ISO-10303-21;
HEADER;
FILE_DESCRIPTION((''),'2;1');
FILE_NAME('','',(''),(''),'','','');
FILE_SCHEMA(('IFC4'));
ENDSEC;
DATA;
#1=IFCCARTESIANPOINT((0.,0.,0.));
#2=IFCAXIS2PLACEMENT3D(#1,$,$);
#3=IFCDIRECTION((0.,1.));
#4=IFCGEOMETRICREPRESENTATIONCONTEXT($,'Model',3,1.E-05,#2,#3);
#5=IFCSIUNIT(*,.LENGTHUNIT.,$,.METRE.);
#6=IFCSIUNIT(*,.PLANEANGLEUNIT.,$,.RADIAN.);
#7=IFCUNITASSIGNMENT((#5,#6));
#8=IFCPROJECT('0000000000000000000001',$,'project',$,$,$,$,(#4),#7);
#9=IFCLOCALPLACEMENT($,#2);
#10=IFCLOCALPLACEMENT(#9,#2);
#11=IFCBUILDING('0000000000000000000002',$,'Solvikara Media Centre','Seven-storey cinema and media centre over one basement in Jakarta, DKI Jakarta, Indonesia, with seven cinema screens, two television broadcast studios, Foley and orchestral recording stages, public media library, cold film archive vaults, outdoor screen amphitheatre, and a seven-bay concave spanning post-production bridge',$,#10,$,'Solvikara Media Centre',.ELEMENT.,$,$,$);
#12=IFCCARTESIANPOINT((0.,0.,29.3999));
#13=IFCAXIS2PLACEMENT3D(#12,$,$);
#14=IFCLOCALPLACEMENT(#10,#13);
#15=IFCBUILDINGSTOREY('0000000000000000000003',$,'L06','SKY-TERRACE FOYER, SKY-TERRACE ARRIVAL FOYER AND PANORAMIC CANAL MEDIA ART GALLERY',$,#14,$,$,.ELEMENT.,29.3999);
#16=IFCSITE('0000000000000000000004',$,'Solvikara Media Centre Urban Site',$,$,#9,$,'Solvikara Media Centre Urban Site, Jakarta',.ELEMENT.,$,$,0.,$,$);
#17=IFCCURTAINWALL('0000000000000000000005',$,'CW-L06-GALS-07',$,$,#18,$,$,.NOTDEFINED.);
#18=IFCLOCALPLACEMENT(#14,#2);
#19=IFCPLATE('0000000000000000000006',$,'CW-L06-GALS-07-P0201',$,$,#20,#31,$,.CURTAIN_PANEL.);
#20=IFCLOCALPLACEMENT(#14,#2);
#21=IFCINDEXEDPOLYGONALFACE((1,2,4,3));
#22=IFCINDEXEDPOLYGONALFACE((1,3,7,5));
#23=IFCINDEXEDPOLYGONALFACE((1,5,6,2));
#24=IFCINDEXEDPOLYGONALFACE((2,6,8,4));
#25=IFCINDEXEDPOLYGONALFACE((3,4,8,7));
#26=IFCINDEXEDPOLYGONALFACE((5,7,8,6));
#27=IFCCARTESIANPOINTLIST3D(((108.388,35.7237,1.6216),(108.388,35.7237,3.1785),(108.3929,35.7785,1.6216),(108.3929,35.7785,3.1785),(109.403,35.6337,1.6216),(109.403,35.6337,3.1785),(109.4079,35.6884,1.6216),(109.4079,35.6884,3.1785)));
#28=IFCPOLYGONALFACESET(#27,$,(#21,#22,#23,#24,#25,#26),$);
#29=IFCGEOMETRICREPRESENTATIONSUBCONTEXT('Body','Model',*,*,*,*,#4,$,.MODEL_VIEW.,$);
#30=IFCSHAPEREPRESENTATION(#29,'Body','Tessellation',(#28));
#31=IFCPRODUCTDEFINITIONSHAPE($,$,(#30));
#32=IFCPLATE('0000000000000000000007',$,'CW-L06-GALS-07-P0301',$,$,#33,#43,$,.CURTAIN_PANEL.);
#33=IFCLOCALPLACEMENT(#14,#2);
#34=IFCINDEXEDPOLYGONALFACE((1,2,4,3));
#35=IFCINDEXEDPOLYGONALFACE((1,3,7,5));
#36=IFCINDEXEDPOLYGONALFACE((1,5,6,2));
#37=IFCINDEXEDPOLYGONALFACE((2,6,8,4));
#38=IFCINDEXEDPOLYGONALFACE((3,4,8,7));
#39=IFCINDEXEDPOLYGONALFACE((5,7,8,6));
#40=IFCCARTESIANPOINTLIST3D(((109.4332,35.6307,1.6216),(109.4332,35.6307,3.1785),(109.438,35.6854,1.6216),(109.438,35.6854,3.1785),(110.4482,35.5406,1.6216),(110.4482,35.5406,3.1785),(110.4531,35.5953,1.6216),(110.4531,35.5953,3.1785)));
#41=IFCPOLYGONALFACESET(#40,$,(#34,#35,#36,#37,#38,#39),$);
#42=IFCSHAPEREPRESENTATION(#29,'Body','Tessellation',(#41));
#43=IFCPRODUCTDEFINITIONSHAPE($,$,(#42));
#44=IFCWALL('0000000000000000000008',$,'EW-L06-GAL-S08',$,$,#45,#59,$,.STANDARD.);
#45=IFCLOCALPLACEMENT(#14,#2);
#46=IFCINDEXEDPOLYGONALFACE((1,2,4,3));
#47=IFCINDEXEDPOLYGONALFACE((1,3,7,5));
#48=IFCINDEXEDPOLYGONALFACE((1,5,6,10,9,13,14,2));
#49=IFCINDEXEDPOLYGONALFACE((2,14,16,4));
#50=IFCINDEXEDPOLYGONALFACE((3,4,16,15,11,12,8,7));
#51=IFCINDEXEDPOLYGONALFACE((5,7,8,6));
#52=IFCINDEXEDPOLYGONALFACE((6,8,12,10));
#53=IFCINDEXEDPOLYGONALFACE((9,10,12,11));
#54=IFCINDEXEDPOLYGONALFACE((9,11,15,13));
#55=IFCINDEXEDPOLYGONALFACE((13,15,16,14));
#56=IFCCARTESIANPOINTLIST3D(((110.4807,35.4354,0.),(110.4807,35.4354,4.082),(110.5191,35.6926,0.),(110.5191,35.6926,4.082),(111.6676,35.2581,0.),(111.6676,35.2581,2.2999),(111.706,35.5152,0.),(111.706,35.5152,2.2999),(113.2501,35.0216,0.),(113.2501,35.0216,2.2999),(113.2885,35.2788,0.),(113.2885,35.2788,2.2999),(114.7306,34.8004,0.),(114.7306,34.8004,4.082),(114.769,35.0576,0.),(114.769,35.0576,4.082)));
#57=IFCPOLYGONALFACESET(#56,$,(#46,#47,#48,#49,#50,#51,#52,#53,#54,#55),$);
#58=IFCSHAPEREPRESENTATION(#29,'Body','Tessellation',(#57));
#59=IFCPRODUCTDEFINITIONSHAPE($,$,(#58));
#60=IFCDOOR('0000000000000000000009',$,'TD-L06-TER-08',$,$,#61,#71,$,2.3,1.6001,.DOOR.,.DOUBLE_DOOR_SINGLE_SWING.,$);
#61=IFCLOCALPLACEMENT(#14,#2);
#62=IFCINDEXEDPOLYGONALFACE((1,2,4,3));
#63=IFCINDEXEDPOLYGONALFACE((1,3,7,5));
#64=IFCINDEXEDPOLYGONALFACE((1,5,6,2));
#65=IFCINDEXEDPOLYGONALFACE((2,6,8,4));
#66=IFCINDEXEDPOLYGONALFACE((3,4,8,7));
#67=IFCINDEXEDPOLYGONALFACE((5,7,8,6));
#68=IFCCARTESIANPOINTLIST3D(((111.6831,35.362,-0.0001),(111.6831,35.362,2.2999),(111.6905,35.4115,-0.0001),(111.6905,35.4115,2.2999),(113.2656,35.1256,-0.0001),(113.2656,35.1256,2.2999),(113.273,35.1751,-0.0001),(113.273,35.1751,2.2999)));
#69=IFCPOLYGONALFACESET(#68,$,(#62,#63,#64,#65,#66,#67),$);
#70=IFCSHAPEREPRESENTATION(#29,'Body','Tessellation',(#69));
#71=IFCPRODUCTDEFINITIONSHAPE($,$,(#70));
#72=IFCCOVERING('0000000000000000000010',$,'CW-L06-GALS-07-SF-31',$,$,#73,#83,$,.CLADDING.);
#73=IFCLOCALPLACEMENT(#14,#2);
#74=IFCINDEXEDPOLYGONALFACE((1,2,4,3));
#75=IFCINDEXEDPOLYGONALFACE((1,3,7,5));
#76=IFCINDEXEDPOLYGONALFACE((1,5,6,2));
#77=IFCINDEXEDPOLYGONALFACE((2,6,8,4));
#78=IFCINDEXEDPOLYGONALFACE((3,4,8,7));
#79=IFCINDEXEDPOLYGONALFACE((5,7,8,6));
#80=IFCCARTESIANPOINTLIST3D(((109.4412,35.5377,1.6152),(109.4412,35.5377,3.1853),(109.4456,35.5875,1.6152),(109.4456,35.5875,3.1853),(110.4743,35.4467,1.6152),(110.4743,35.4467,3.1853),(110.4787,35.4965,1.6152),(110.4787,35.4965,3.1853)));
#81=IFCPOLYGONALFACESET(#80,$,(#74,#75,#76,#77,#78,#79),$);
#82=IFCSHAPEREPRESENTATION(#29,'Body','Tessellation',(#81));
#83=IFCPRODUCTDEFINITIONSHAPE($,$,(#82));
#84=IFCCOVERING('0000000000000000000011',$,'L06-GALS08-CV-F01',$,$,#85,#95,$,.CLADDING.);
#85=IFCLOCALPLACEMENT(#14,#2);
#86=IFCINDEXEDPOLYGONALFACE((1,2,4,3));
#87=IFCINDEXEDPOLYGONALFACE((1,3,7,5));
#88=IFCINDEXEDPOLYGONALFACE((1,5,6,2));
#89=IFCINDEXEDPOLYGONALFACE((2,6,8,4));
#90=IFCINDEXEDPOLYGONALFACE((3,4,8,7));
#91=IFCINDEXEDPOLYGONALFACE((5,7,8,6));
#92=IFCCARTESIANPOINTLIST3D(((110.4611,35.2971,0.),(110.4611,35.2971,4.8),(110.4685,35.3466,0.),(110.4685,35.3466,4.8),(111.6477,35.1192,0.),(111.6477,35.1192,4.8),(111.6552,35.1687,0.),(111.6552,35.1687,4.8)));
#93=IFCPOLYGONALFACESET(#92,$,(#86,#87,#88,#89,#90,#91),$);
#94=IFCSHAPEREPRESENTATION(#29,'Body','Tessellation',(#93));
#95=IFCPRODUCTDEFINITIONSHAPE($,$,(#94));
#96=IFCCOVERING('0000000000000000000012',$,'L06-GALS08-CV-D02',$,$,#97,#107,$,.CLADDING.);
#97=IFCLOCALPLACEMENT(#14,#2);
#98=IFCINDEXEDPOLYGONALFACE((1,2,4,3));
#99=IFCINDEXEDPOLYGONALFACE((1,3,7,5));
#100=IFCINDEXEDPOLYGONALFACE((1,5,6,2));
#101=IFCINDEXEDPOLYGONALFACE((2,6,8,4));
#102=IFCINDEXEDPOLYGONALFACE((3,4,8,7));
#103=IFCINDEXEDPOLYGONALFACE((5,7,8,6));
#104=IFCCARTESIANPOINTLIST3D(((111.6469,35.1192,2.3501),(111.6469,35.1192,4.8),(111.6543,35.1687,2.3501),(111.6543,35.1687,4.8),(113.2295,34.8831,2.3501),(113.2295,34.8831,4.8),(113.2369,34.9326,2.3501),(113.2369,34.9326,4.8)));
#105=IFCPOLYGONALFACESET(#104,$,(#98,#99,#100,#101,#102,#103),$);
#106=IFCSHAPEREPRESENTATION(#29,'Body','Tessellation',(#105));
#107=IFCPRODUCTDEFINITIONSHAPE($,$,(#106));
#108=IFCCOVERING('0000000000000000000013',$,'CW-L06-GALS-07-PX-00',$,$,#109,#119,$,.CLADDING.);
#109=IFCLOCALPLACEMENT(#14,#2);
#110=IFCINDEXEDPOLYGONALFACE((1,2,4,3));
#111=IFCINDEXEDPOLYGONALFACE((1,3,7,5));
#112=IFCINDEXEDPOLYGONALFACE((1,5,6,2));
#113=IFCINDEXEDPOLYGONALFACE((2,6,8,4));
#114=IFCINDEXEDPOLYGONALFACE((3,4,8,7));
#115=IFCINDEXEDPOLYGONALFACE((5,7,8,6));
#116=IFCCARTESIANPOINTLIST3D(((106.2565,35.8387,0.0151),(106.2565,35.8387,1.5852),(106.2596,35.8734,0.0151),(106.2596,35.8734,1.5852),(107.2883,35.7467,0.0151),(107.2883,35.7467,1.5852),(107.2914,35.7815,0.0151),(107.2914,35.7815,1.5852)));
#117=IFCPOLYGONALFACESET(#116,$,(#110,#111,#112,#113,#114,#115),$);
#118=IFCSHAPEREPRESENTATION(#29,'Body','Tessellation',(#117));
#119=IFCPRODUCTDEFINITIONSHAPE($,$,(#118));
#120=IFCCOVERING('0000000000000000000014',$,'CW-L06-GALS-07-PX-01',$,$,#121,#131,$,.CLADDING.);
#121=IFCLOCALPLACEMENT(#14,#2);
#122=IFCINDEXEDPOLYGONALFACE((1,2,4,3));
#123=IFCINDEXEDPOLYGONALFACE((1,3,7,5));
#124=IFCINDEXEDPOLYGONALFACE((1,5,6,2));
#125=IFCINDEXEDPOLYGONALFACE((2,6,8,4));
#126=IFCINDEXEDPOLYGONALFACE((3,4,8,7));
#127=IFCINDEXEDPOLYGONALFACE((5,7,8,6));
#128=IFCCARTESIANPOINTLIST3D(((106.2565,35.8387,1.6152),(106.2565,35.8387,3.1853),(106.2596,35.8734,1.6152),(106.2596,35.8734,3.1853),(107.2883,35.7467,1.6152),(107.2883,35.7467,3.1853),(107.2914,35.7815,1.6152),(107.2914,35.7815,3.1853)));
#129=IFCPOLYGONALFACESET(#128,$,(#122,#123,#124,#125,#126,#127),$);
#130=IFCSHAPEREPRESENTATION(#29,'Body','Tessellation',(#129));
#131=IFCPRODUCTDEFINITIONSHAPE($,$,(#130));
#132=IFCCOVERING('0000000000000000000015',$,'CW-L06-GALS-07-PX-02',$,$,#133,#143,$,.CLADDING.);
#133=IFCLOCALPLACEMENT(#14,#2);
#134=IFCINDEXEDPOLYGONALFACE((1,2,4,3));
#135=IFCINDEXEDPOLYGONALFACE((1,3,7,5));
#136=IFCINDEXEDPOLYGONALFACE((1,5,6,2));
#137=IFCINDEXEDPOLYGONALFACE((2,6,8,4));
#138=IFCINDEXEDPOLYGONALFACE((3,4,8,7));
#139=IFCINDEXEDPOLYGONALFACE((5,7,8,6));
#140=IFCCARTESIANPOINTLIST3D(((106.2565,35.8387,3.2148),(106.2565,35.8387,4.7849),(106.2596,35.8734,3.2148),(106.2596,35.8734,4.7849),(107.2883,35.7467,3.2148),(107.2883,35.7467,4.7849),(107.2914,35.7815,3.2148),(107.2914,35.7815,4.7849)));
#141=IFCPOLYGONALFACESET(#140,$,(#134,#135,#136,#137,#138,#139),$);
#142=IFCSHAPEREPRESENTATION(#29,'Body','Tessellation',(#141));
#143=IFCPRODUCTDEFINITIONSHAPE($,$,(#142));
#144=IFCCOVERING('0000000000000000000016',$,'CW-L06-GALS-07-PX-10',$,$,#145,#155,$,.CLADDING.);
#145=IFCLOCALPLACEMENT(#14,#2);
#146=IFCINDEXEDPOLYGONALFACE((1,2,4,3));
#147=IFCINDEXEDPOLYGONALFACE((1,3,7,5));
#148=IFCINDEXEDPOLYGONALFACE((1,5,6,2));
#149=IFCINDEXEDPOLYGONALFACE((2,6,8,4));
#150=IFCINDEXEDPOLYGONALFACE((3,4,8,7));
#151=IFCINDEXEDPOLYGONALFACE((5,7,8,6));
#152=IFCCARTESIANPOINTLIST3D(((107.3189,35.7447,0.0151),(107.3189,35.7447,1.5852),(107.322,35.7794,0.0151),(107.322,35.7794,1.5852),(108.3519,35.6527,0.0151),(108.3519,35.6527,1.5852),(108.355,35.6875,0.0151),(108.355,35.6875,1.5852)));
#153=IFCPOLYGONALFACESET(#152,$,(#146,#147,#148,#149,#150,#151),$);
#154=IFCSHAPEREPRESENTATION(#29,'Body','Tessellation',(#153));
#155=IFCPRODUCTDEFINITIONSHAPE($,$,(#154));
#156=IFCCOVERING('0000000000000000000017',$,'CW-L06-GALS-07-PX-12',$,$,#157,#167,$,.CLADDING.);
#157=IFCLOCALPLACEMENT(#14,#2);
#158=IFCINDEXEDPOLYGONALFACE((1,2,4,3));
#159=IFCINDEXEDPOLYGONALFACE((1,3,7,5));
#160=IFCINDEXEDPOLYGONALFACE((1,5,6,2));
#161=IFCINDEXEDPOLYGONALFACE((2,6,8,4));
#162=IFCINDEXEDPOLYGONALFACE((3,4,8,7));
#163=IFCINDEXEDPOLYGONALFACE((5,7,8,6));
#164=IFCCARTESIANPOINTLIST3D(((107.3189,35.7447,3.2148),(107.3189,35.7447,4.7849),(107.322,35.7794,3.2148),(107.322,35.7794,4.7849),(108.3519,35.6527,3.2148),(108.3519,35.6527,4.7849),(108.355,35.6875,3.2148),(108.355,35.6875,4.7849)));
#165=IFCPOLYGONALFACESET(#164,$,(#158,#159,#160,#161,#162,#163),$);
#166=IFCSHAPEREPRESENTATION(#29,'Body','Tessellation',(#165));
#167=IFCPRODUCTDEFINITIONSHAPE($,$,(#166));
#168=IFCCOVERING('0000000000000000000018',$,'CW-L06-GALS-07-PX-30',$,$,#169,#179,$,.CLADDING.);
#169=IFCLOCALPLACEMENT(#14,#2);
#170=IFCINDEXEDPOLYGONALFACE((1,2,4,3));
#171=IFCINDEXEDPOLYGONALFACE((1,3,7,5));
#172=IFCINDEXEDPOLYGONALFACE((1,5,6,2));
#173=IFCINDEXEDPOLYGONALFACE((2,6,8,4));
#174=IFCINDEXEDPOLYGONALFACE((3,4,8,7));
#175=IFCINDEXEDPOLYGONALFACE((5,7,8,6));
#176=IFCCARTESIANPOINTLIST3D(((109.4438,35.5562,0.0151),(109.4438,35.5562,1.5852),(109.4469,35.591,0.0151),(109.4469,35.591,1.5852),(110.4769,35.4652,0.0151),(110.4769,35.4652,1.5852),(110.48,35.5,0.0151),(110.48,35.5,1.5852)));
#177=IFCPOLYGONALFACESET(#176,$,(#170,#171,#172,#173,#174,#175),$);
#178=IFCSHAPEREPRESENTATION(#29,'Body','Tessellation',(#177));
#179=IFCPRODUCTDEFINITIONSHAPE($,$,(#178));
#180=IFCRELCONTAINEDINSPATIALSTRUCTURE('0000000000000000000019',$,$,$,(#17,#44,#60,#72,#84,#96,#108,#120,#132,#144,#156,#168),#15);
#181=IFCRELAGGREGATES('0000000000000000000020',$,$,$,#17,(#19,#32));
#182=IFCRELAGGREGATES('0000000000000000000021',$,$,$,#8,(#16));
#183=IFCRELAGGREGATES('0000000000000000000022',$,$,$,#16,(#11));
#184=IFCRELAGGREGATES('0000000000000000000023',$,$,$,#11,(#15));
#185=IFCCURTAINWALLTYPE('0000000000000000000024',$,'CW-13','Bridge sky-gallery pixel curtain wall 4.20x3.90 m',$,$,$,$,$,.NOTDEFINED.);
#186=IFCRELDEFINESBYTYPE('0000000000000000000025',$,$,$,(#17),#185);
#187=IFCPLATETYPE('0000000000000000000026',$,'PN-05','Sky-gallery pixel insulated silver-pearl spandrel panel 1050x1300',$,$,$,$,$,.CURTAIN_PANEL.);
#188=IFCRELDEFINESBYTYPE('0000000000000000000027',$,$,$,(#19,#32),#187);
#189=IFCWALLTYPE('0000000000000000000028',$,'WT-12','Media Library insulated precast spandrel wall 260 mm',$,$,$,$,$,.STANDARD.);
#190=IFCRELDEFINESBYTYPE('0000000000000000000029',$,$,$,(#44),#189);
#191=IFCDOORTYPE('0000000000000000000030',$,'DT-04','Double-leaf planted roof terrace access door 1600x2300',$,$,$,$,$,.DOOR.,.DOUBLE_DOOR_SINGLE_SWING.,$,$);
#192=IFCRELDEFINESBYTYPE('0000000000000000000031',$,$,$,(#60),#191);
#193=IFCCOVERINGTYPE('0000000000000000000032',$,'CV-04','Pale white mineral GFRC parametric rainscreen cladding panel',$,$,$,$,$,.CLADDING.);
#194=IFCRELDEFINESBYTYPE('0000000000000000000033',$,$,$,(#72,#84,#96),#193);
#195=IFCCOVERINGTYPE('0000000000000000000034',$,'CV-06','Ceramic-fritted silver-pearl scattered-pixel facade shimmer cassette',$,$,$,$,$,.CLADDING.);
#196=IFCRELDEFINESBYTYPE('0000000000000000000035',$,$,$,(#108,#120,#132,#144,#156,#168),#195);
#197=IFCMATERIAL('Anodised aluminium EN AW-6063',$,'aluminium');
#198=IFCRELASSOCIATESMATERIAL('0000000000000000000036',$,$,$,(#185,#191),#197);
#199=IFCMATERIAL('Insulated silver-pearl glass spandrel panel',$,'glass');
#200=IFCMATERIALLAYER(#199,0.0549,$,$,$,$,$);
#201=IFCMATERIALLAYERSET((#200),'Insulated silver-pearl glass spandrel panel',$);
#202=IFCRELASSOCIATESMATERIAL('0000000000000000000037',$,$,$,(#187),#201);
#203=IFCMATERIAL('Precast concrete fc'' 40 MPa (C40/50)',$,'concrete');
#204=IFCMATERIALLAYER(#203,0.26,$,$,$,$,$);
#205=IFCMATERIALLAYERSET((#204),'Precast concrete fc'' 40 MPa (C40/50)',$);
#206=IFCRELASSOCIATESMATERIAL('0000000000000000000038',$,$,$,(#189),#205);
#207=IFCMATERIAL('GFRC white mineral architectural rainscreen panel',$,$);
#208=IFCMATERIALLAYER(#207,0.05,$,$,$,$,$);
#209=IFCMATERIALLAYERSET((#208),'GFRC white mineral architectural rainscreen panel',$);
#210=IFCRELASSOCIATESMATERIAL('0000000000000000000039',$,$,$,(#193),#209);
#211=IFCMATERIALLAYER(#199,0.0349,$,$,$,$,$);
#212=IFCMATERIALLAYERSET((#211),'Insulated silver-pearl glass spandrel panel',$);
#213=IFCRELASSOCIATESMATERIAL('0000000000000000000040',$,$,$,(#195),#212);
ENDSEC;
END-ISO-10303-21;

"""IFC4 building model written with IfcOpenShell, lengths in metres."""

from ifc_helpers import new_model, si_unit, direction, frame, frame_2d, origin, origin_2d, place, context, subcontext, project, spatial, rectangle, extrude, material, layer, layer_set, type_object, element, fill, aggregate, save


model = new_model("IFC4")

# Units and contexts
model_context = context("Model", 3, precision=1e-05, world=origin(), true_north=direction((0.0, 1.0)))
body_context = subcontext(model_context, "Body", "Model", "MODEL_VIEW")
ifc_project = project(units=[si_unit("LENGTHUNIT", "METRE"), si_unit("PLANEANGLEUNIT", "RADIAN")], contexts=[model_context])

# Site, building, storey
site_placement = place(None, origin())
site = spatial("IfcSite", under=ifc_project, at=site_placement, Name="Solvikara Media Centre Urban Site", LongName="Solvikara Media Centre Urban Site, Jakarta", CompositionType="ELEMENT", RefElevation=0.0)
building_placement = place(site_placement, origin())
building = spatial("IfcBuilding", under=site, at=building_placement, Name="Solvikara Media Centre", Description="Seven-storey cinema and media centre over one basement in Jakarta, DKI Jakarta, Indonesia, with seven cinema screens, two television broadcast studios, Foley and orchestral recording stages, public media library, cold film archive vaults, outdoor screen amphitheatre, and a seven-bay concave spanning post-production bridge", LongName="Solvikara Media Centre", CompositionType="ELEMENT")
storey_placement = place(building_placement, frame((0.0, 0.0, 29.3999)))
storey = spatial("IfcBuildingStorey", under=building, at=storey_placement, Name="L06", Description="SKY-TERRACE FOYER, SKY-TERRACE ARRIVAL FOYER AND PANORAMIC CANAL MEDIA ART GALLERY", CompositionType="ELEMENT", Elevation=29.3999)

# Curtain wall
ifc_material_1 = material(Name="Anodised aluminium EN AW-6063", Category="aluminium")
curtain_wall_type = type_object("IfcCurtainWallType", Name="CW-13", Description="Bridge sky-gallery pixel curtain wall 4.20x3.90 m", PredefinedType="NOTDEFINED", material=ifc_material_1)
curtain_wall_1_placement = place(storey_placement, origin())
curtain_wall_1 = element("IfcCurtainWall", 1, at=curtain_wall_1_placement, inside=storey, type_object=curtain_wall_type, Name="CW-L06-GALS-07", PredefinedType="NOTDEFINED")

# Plates
ifc_material_2 = material(Name="Insulated silver-pearl glass spandrel panel", Category="glass")
ifc_layer_1 = layer(ifc_material_2, 0.0549)
ifc_layer_set_1 = layer_set([ifc_layer_1], Name="Insulated silver-pearl glass spandrel panel")
plate_type_1 = type_object("IfcPlateType", Name="PN-05", Description="Sky-gallery pixel insulated silver-pearl spandrel panel 1050x1300", PredefinedType="CURTAIN_PANEL", material=ifc_layer_set_1)
plate_1_placement = place(storey_placement, frame((108.8979, 35.7061, 1.6216), z_axis=(0.0, 0.0, 1.0), x_axis=(0.996084, -0.088408, 0.0)))
plate_1 = element("IfcPlate", 2, at=plate_1_placement, type_object=plate_type_1, Name="CW-L06-GALS-07-P0201", PredefinedType="CURTAIN_PANEL", context=body_context, shape_type="SweptSolid", body=[
    extrude(rectangle(XDim=1.019, YDim=0.0549, at=origin_2d()), origin(), (0.0, 0.0, 1.0), 1.5569),
])
plate_2_placement = place(storey_placement, frame((109.9431, 35.613, 1.6216), z_axis=(0.0, 0.0, 1.0), x_axis=(0.996084, -0.088408, 0.0)))
plate_2 = element("IfcPlate", 3, at=plate_2_placement, type_object=plate_type_1, Name="CW-L06-GALS-07-P0301", PredefinedType="CURTAIN_PANEL", context=body_context, shape_type="SweptSolid", body=[
    extrude(rectangle(XDim=1.019, YDim=0.0549, at=origin_2d()), origin(), (0.0, 0.0, 1.0), 1.5569),
])
aggregate(curtain_wall_1, [plate_1, plate_2])

# Wall, opening, door
ifc_material_3 = material(Name="Precast concrete fc' 40 MPa (C40/50)", Category="concrete")
ifc_layer_2 = layer(ifc_material_3, 0.26)
ifc_layer_set_2 = layer_set([ifc_layer_2], Name="Precast concrete fc' 40 MPa (C40/50)")
wall_type = type_object("IfcWallType", Name="WT-12", Description="Media Library insulated precast spandrel wall 260 mm", PredefinedType="STANDARD", material=ifc_layer_set_2)
wall_placement = place(storey_placement, frame((110.5, 35.564, 0.0), z_axis=(0.0, 0.0, 1.0), x_axis=(0.989021, -0.147774, 0.0)))
wall = element("IfcWall", 4, at=wall_placement, inside=storey, type_object=wall_type, Name="EW-L06-GAL-S08", PredefinedType="STANDARD", context=body_context, shape_type="SweptSolid", body=[
    extrude(rectangle(XDim=4.2971, YDim=0.26, at=frame_2d((2.1484, 0.0))), origin(), (0.0, 0.0, 1.0), 4.082),
])
opening_placement = place(wall_placement, frame((1.2, 0.0, 0.0)))
opening = element("IfcOpeningElement", 5, at=opening_placement, cuts=wall, PredefinedType="OPENING", context=body_context, shape_type="SweptSolid", body=[
    extrude(rectangle(XDim=1.6001, YDim=2.3, at=frame_2d((0.8, 1.1499))), frame((0.0, 0.1421, 0.0), z_axis=(0.0, -1.0, 0.0), x_axis=(1.0, 0.0, 0.0)), (0.0, 0.0, 1.0), 0.2839),
])
door_type = type_object("IfcDoorType", Name="DT-04", Description="Double-leaf planted roof terrace access door 1600x2300", OperationType="DOUBLE_DOOR_SINGLE_SWING", PredefinedType="DOOR", material=ifc_material_1)
door_placement = place(opening_placement, frame((1.6001, 0.0, 0.0), z_axis=(0.0, 0.0, 1.0), x_axis=(-1.0, 0.0, 0.0)))
door = element("IfcDoor", 6, at=door_placement, inside=storey, type_object=door_type, Name="TD-L06-TER-08", OperationType="DOUBLE_DOOR_SINGLE_SWING", OverallHeight=2.3, OverallWidth=1.6001, PredefinedType="DOOR", context=body_context, shape_type="SweptSolid", body=[
    extrude(rectangle(XDim=1.6001, YDim=2.3, at=frame_2d((0.8, 1.1499))), frame((0.0, 0.0249, 0.0), z_axis=(0.0, -1.0, 0.0), x_axis=(1.0, 0.0, 0.0)), (0.0, 0.0, 1.0), 0.05),
])
fill(opening, door)

# Coverings
ifc_material_4 = material(Name="GFRC white mineral architectural rainscreen panel")
ifc_layer_3 = layer(ifc_material_4, 0.05)
ifc_layer_set_3 = layer_set([ifc_layer_3], Name="GFRC white mineral architectural rainscreen panel")
covering_type_1 = type_object("IfcCoveringType", Name="CV-04", Description="Pale white mineral GFRC parametric rainscreen cladding panel", PredefinedType="CLADDING", material=ifc_layer_set_3)
covering_1_placement = place(storey_placement, frame((109.96, 35.5171, 1.6152), z_axis=(0.0, 0.0, 1.0), x_axis=(0.996143, -0.087747, 0.0)))
element("IfcCovering", 7, at=covering_1_placement, inside=storey, type_object=covering_type_1, Name="CW-L06-GALS-07-SF-31", PredefinedType="CLADDING", context=body_context, shape_type="SweptSolid", body=[
    extrude(rectangle(XDim=1.0371, YDim=0.05, at=origin_2d()), origin(), (0.0, 0.0, 1.0), 1.5701),
])
covering_2_placement = place(storey_placement, frame((111.0581, 35.2329, 0.0), z_axis=(0.0, 0.0, 1.0), x_axis=(0.988944, -0.148293, 0.0)))
element("IfcCovering", 8, at=covering_2_placement, inside=storey, type_object=covering_type_1, Name="L06-GALS08-CV-F01", PredefinedType="CLADDING", context=body_context, shape_type="SweptSolid", body=[
    extrude(rectangle(XDim=1.2, YDim=0.05, at=origin_2d()), origin(), (0.0, 0.0, 1.0), 4.8),
])
covering_3_placement = place(storey_placement, frame((112.4419, 35.0259, 2.3501), z_axis=(0.0, 0.0, 1.0), x_axis=(0.989055, -0.14755, 0.0)))
element("IfcCovering", 9, at=covering_3_placement, inside=storey, type_object=covering_type_1, Name="L06-GALS08-CV-D02", PredefinedType="CLADDING", context=body_context, shape_type="SweptSolid", body=[
    extrude(rectangle(XDim=1.6001, YDim=0.05, at=origin_2d()), origin(), (0.0, 0.0, 1.0), 2.45),
])
ifc_layer_4 = layer(ifc_material_2, 0.0349)
ifc_layer_set_4 = layer_set([ifc_layer_4], Name="Insulated silver-pearl glass spandrel panel")
covering_type_2 = type_object("IfcCoveringType", Name="CV-06", Description="Ceramic-fritted silver-pearl scattered-pixel facade shimmer cassette", PredefinedType="CLADDING", material=ifc_layer_set_4)
for number, where, z_axis, x_axis, name in (
    (10, (106.7739, 35.8101, 0.0151), (0.0, 0.0, 1.0), (0.99605, -0.08879, 0.0), "CW-L06-GALS-07-PX-00"),
    (11, (106.7739, 35.8101, 1.6152), (0.0, 0.0, 1.0), (0.99605, -0.08879, 0.0), "CW-L06-GALS-07-PX-01"),
    (12, (106.7739, 35.8101, 3.2148), (0.0, 0.0, 1.0), (0.99605, -0.08879, 0.0), "CW-L06-GALS-07-PX-02"),
):
    element("IfcCovering", number, at=place(storey_placement, frame(where, z_axis=z_axis, x_axis=x_axis)), inside=storey, type_object=covering_type_2, Name=name, PredefinedType="CLADDING", context=body_context, shape_type="SweptSolid", body=[
        extrude(rectangle(XDim=1.0359, YDim=0.0349, at=origin_2d()), origin(), (0.0, 0.0, 1.0), 1.5701),
    ])
for number, where, z_axis, x_axis, name in (
    (13, (107.8369, 35.7161, 0.0151), (0.0, 0.0, 1.0), (0.996058, -0.088703, 0.0), "CW-L06-GALS-07-PX-10"),
    (14, (107.8369, 35.7161, 3.2148), (0.0, 0.0, 1.0), (0.996058, -0.088703, 0.0), "CW-L06-GALS-07-PX-12"),
    (15, (109.9619, 35.5281, 0.0151), (0.0, 0.0, 1.0), (0.996143, -0.087747, 0.0), "CW-L06-GALS-07-PX-30"),
):
    element("IfcCovering", number, at=place(storey_placement, frame(where, z_axis=z_axis, x_axis=x_axis)), inside=storey, type_object=covering_type_2, Name=name, PredefinedType="CLADDING", context=body_context, shape_type="SweptSolid", body=[
        extrude(rectangle(XDim=1.0371, YDim=0.0349, at=origin_2d()), origin(), (0.0, 0.0, 1.0), 1.5701),
    ])

save(model, "model.ifc")
